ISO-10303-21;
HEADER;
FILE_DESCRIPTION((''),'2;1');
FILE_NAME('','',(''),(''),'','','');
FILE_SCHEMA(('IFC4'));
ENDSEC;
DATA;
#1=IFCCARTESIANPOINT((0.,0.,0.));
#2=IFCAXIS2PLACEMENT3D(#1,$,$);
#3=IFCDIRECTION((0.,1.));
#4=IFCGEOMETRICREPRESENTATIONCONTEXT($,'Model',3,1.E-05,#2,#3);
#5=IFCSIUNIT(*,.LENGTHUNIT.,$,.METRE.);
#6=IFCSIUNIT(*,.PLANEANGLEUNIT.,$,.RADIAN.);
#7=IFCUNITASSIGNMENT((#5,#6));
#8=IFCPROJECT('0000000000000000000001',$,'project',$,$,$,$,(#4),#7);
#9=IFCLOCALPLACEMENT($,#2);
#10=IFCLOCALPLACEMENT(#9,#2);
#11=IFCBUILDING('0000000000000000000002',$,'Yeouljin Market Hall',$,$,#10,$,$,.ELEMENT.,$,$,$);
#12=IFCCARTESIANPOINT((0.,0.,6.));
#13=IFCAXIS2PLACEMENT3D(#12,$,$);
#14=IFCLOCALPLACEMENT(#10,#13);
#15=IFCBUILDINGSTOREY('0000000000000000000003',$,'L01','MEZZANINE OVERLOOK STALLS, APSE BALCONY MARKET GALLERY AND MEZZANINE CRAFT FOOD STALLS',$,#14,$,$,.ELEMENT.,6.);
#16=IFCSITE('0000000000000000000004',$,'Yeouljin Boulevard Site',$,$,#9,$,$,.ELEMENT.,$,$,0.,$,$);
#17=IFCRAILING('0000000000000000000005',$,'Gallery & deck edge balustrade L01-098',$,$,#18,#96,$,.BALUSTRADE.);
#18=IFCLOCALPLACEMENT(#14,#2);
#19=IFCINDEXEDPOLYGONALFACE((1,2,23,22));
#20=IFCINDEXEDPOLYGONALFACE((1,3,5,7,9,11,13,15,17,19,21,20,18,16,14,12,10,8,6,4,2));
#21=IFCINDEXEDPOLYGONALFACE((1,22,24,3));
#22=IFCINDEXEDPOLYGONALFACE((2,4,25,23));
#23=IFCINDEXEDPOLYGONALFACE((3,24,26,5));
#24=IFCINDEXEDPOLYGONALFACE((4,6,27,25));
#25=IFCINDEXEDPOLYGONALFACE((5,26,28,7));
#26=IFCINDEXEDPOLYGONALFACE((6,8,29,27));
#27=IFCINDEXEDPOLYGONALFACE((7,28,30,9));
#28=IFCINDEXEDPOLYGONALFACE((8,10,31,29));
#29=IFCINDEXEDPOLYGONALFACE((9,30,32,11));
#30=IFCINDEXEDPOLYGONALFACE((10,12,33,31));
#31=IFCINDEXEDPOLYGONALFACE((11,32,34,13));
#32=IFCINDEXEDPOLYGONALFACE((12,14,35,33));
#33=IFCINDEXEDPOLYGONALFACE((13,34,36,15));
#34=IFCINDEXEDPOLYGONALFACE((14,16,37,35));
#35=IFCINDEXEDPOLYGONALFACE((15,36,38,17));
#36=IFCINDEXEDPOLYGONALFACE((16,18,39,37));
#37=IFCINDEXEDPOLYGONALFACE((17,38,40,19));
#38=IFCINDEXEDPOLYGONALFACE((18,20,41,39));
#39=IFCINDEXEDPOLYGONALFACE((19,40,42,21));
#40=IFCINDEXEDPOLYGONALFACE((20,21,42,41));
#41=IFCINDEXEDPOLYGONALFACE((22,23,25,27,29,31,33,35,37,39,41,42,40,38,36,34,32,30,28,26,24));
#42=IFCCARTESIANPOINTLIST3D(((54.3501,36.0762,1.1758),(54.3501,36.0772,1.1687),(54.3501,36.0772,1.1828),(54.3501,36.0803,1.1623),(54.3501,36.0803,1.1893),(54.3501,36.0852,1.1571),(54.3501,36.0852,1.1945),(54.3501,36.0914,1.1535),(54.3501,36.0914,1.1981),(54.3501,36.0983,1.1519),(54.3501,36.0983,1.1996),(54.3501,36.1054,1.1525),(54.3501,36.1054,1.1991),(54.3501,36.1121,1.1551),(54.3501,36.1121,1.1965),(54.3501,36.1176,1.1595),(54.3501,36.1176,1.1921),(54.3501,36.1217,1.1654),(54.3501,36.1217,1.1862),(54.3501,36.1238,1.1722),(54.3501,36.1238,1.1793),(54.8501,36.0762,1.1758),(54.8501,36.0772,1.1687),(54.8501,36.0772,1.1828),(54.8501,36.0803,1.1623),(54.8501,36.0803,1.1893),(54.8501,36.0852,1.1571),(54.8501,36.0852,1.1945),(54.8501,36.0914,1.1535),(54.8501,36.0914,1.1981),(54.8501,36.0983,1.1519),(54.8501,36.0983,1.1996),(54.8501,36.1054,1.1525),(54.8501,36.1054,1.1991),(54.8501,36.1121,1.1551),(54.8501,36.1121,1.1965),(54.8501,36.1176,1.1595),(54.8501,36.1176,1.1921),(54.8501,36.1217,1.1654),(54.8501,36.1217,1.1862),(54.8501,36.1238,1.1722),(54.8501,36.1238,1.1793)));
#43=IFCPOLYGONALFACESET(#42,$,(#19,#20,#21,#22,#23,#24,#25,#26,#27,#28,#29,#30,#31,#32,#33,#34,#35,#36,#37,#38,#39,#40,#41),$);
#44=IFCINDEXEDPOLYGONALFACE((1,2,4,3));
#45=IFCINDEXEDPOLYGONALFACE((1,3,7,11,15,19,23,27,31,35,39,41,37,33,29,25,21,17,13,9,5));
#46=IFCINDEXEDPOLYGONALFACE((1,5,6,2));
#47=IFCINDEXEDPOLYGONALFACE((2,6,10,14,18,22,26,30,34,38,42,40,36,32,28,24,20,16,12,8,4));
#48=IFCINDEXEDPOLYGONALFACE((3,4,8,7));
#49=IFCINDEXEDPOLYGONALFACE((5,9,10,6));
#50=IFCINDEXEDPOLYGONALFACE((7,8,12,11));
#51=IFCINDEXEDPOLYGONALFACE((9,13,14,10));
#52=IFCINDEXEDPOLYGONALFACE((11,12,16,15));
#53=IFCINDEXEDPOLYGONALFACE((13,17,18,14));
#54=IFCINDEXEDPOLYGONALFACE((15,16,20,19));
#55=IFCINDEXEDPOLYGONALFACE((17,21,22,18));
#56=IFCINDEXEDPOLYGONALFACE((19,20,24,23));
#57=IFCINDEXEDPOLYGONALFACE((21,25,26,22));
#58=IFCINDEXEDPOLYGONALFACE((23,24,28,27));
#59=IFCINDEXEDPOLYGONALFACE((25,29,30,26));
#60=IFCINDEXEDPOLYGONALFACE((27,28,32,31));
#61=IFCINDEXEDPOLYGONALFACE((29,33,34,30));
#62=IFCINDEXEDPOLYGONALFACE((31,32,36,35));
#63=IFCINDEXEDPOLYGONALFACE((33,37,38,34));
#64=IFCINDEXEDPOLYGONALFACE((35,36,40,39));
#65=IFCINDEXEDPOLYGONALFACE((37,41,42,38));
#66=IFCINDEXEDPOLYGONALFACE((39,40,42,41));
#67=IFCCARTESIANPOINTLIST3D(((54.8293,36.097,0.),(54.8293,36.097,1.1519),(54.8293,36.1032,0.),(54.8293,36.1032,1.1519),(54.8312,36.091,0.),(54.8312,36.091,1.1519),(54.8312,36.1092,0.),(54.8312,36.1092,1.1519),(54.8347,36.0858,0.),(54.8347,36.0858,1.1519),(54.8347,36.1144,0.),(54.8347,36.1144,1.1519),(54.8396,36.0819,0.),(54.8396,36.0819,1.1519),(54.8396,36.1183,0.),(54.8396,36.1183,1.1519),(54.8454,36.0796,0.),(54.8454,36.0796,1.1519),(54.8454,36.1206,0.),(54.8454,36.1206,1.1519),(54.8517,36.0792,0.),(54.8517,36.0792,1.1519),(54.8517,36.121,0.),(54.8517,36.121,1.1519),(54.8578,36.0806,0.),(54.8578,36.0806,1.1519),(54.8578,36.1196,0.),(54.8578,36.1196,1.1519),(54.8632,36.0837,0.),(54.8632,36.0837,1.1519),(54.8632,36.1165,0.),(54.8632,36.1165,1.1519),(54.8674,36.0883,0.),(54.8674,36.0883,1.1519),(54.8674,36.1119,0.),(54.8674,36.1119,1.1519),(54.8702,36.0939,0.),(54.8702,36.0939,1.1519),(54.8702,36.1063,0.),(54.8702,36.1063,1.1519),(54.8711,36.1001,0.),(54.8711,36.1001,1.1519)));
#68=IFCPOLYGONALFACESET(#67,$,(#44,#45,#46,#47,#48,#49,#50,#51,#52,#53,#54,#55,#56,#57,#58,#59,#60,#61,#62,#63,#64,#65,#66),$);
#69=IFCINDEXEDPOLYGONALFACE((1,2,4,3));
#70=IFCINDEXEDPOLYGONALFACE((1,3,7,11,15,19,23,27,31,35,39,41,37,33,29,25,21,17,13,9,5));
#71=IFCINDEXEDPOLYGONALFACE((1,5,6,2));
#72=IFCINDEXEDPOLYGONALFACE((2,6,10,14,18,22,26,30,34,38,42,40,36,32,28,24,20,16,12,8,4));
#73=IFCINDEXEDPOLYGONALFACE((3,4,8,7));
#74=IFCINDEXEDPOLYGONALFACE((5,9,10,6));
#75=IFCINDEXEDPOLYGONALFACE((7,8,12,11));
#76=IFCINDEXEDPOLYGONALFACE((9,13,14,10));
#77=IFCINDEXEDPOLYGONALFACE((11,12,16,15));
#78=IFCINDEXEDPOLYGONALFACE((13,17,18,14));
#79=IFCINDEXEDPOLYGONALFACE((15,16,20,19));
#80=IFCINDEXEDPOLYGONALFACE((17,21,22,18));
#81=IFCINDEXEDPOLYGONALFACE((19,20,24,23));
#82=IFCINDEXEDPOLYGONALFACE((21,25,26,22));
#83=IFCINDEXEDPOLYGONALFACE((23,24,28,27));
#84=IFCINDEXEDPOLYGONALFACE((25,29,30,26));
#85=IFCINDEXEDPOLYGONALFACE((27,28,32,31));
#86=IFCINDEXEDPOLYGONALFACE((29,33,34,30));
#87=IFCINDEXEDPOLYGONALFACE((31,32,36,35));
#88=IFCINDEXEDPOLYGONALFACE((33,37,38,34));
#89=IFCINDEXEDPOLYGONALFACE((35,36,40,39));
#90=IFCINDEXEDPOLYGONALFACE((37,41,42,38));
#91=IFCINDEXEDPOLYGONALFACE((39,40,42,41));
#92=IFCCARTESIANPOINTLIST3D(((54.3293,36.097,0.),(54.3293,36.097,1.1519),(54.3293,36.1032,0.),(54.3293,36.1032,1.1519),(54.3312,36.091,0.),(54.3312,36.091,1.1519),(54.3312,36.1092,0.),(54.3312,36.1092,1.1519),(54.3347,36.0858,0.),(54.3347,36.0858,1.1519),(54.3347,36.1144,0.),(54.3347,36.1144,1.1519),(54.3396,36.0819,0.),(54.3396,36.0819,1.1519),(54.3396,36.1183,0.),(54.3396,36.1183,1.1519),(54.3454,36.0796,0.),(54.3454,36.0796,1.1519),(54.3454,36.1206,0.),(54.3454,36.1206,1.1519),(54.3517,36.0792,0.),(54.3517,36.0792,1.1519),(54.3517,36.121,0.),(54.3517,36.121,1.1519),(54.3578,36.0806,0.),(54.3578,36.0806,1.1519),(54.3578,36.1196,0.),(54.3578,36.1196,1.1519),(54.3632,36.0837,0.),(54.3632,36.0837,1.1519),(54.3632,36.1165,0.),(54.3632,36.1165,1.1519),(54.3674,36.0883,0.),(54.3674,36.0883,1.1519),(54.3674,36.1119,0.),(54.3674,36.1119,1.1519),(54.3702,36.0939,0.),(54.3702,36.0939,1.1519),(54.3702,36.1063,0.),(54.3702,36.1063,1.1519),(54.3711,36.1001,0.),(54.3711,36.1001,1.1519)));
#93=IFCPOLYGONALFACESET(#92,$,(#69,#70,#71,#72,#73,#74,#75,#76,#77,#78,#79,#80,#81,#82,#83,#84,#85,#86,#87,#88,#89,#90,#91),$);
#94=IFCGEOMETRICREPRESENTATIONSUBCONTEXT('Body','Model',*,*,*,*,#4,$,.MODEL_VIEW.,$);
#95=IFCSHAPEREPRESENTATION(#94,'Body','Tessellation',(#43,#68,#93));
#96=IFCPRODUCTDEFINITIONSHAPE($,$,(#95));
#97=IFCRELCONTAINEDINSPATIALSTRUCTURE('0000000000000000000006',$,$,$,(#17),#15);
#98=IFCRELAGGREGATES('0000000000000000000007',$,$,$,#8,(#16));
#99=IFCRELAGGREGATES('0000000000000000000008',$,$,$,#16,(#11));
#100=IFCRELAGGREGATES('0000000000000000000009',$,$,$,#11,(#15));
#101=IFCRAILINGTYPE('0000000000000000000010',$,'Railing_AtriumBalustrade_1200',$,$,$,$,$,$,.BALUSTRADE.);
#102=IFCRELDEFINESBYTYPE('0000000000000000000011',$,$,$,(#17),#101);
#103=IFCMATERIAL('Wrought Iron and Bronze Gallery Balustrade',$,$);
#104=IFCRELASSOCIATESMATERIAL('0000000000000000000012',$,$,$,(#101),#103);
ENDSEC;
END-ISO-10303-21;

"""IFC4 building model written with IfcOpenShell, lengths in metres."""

from ifc_helpers import new_model, si_unit, direction, frame, origin, origin_2d, place, context, subcontext, project, spatial, circle, extrude, material, type_object, element, save


model = new_model("IFC4")

# Units and contexts
model_context = context("Model", 3, precision=1e-05, world=origin(), true_north=direction((0.0, 1.0)))
body_context = subcontext(model_context, "Body", "Model", "MODEL_VIEW")
ifc_project = project(units=[si_unit("LENGTHUNIT", "METRE"), si_unit("PLANEANGLEUNIT", "RADIAN")], contexts=[model_context])

# Site, building, storey
site_placement = place(None, origin())
site = spatial("IfcSite", under=ifc_project, at=site_placement, Name="Yeouljin Boulevard Site", CompositionType="ELEMENT", RefElevation=0.0)
building_placement = place(site_placement, origin())
building = spatial("IfcBuilding", under=site, at=building_placement, Name="Yeouljin Market Hall", CompositionType="ELEMENT")
storey_placement = place(building_placement, frame((0.0, 0.0, 6.0)))
storey = spatial("IfcBuildingStorey", under=building, at=storey_placement, Name="L01", Description="MEZZANINE OVERLOOK STALLS, APSE BALCONY MARKET GALLERY AND MEZZANINE CRAFT FOOD STALLS", CompositionType="ELEMENT", Elevation=6.0)

# Railing
ifc_material_1 = material(Name="Wrought Iron and Bronze Gallery Balustrade")
railing_type = type_object("IfcRailingType", Name="Railing_AtriumBalustrade_1200", PredefinedType="BALUSTRADE", material=ifc_material_1)
railing_placement = place(storey_placement, frame((54.8501, 36.1001, 0.0)))
element("IfcRailing", 1, at=railing_placement, inside=storey, type_object=railing_type, Name="Gallery & deck edge balustrade L01-098", PredefinedType="BALUSTRADE", context=body_context, shape_type="SweptSolid", body=[
    extrude(circle(Radius=0.0239, at=origin_2d()), frame((0.0, 0.0, 1.1758), z_axis=(-1.0, 0.0, 0.0), x_axis=(0.0, -1.0, 0.0)), (0.0, 0.0, 1.0), 0.5),
    extrude(circle(Radius=0.021, at=origin_2d()), origin(), (0.0, 0.0, 1.0), 1.1519),
    extrude(circle(Radius=0.021, at=origin_2d()), frame((-0.5, 0.0, 0.0)), (0.0, 0.0, 1.0), 1.1519),
])

save(model, "model.ifc")
